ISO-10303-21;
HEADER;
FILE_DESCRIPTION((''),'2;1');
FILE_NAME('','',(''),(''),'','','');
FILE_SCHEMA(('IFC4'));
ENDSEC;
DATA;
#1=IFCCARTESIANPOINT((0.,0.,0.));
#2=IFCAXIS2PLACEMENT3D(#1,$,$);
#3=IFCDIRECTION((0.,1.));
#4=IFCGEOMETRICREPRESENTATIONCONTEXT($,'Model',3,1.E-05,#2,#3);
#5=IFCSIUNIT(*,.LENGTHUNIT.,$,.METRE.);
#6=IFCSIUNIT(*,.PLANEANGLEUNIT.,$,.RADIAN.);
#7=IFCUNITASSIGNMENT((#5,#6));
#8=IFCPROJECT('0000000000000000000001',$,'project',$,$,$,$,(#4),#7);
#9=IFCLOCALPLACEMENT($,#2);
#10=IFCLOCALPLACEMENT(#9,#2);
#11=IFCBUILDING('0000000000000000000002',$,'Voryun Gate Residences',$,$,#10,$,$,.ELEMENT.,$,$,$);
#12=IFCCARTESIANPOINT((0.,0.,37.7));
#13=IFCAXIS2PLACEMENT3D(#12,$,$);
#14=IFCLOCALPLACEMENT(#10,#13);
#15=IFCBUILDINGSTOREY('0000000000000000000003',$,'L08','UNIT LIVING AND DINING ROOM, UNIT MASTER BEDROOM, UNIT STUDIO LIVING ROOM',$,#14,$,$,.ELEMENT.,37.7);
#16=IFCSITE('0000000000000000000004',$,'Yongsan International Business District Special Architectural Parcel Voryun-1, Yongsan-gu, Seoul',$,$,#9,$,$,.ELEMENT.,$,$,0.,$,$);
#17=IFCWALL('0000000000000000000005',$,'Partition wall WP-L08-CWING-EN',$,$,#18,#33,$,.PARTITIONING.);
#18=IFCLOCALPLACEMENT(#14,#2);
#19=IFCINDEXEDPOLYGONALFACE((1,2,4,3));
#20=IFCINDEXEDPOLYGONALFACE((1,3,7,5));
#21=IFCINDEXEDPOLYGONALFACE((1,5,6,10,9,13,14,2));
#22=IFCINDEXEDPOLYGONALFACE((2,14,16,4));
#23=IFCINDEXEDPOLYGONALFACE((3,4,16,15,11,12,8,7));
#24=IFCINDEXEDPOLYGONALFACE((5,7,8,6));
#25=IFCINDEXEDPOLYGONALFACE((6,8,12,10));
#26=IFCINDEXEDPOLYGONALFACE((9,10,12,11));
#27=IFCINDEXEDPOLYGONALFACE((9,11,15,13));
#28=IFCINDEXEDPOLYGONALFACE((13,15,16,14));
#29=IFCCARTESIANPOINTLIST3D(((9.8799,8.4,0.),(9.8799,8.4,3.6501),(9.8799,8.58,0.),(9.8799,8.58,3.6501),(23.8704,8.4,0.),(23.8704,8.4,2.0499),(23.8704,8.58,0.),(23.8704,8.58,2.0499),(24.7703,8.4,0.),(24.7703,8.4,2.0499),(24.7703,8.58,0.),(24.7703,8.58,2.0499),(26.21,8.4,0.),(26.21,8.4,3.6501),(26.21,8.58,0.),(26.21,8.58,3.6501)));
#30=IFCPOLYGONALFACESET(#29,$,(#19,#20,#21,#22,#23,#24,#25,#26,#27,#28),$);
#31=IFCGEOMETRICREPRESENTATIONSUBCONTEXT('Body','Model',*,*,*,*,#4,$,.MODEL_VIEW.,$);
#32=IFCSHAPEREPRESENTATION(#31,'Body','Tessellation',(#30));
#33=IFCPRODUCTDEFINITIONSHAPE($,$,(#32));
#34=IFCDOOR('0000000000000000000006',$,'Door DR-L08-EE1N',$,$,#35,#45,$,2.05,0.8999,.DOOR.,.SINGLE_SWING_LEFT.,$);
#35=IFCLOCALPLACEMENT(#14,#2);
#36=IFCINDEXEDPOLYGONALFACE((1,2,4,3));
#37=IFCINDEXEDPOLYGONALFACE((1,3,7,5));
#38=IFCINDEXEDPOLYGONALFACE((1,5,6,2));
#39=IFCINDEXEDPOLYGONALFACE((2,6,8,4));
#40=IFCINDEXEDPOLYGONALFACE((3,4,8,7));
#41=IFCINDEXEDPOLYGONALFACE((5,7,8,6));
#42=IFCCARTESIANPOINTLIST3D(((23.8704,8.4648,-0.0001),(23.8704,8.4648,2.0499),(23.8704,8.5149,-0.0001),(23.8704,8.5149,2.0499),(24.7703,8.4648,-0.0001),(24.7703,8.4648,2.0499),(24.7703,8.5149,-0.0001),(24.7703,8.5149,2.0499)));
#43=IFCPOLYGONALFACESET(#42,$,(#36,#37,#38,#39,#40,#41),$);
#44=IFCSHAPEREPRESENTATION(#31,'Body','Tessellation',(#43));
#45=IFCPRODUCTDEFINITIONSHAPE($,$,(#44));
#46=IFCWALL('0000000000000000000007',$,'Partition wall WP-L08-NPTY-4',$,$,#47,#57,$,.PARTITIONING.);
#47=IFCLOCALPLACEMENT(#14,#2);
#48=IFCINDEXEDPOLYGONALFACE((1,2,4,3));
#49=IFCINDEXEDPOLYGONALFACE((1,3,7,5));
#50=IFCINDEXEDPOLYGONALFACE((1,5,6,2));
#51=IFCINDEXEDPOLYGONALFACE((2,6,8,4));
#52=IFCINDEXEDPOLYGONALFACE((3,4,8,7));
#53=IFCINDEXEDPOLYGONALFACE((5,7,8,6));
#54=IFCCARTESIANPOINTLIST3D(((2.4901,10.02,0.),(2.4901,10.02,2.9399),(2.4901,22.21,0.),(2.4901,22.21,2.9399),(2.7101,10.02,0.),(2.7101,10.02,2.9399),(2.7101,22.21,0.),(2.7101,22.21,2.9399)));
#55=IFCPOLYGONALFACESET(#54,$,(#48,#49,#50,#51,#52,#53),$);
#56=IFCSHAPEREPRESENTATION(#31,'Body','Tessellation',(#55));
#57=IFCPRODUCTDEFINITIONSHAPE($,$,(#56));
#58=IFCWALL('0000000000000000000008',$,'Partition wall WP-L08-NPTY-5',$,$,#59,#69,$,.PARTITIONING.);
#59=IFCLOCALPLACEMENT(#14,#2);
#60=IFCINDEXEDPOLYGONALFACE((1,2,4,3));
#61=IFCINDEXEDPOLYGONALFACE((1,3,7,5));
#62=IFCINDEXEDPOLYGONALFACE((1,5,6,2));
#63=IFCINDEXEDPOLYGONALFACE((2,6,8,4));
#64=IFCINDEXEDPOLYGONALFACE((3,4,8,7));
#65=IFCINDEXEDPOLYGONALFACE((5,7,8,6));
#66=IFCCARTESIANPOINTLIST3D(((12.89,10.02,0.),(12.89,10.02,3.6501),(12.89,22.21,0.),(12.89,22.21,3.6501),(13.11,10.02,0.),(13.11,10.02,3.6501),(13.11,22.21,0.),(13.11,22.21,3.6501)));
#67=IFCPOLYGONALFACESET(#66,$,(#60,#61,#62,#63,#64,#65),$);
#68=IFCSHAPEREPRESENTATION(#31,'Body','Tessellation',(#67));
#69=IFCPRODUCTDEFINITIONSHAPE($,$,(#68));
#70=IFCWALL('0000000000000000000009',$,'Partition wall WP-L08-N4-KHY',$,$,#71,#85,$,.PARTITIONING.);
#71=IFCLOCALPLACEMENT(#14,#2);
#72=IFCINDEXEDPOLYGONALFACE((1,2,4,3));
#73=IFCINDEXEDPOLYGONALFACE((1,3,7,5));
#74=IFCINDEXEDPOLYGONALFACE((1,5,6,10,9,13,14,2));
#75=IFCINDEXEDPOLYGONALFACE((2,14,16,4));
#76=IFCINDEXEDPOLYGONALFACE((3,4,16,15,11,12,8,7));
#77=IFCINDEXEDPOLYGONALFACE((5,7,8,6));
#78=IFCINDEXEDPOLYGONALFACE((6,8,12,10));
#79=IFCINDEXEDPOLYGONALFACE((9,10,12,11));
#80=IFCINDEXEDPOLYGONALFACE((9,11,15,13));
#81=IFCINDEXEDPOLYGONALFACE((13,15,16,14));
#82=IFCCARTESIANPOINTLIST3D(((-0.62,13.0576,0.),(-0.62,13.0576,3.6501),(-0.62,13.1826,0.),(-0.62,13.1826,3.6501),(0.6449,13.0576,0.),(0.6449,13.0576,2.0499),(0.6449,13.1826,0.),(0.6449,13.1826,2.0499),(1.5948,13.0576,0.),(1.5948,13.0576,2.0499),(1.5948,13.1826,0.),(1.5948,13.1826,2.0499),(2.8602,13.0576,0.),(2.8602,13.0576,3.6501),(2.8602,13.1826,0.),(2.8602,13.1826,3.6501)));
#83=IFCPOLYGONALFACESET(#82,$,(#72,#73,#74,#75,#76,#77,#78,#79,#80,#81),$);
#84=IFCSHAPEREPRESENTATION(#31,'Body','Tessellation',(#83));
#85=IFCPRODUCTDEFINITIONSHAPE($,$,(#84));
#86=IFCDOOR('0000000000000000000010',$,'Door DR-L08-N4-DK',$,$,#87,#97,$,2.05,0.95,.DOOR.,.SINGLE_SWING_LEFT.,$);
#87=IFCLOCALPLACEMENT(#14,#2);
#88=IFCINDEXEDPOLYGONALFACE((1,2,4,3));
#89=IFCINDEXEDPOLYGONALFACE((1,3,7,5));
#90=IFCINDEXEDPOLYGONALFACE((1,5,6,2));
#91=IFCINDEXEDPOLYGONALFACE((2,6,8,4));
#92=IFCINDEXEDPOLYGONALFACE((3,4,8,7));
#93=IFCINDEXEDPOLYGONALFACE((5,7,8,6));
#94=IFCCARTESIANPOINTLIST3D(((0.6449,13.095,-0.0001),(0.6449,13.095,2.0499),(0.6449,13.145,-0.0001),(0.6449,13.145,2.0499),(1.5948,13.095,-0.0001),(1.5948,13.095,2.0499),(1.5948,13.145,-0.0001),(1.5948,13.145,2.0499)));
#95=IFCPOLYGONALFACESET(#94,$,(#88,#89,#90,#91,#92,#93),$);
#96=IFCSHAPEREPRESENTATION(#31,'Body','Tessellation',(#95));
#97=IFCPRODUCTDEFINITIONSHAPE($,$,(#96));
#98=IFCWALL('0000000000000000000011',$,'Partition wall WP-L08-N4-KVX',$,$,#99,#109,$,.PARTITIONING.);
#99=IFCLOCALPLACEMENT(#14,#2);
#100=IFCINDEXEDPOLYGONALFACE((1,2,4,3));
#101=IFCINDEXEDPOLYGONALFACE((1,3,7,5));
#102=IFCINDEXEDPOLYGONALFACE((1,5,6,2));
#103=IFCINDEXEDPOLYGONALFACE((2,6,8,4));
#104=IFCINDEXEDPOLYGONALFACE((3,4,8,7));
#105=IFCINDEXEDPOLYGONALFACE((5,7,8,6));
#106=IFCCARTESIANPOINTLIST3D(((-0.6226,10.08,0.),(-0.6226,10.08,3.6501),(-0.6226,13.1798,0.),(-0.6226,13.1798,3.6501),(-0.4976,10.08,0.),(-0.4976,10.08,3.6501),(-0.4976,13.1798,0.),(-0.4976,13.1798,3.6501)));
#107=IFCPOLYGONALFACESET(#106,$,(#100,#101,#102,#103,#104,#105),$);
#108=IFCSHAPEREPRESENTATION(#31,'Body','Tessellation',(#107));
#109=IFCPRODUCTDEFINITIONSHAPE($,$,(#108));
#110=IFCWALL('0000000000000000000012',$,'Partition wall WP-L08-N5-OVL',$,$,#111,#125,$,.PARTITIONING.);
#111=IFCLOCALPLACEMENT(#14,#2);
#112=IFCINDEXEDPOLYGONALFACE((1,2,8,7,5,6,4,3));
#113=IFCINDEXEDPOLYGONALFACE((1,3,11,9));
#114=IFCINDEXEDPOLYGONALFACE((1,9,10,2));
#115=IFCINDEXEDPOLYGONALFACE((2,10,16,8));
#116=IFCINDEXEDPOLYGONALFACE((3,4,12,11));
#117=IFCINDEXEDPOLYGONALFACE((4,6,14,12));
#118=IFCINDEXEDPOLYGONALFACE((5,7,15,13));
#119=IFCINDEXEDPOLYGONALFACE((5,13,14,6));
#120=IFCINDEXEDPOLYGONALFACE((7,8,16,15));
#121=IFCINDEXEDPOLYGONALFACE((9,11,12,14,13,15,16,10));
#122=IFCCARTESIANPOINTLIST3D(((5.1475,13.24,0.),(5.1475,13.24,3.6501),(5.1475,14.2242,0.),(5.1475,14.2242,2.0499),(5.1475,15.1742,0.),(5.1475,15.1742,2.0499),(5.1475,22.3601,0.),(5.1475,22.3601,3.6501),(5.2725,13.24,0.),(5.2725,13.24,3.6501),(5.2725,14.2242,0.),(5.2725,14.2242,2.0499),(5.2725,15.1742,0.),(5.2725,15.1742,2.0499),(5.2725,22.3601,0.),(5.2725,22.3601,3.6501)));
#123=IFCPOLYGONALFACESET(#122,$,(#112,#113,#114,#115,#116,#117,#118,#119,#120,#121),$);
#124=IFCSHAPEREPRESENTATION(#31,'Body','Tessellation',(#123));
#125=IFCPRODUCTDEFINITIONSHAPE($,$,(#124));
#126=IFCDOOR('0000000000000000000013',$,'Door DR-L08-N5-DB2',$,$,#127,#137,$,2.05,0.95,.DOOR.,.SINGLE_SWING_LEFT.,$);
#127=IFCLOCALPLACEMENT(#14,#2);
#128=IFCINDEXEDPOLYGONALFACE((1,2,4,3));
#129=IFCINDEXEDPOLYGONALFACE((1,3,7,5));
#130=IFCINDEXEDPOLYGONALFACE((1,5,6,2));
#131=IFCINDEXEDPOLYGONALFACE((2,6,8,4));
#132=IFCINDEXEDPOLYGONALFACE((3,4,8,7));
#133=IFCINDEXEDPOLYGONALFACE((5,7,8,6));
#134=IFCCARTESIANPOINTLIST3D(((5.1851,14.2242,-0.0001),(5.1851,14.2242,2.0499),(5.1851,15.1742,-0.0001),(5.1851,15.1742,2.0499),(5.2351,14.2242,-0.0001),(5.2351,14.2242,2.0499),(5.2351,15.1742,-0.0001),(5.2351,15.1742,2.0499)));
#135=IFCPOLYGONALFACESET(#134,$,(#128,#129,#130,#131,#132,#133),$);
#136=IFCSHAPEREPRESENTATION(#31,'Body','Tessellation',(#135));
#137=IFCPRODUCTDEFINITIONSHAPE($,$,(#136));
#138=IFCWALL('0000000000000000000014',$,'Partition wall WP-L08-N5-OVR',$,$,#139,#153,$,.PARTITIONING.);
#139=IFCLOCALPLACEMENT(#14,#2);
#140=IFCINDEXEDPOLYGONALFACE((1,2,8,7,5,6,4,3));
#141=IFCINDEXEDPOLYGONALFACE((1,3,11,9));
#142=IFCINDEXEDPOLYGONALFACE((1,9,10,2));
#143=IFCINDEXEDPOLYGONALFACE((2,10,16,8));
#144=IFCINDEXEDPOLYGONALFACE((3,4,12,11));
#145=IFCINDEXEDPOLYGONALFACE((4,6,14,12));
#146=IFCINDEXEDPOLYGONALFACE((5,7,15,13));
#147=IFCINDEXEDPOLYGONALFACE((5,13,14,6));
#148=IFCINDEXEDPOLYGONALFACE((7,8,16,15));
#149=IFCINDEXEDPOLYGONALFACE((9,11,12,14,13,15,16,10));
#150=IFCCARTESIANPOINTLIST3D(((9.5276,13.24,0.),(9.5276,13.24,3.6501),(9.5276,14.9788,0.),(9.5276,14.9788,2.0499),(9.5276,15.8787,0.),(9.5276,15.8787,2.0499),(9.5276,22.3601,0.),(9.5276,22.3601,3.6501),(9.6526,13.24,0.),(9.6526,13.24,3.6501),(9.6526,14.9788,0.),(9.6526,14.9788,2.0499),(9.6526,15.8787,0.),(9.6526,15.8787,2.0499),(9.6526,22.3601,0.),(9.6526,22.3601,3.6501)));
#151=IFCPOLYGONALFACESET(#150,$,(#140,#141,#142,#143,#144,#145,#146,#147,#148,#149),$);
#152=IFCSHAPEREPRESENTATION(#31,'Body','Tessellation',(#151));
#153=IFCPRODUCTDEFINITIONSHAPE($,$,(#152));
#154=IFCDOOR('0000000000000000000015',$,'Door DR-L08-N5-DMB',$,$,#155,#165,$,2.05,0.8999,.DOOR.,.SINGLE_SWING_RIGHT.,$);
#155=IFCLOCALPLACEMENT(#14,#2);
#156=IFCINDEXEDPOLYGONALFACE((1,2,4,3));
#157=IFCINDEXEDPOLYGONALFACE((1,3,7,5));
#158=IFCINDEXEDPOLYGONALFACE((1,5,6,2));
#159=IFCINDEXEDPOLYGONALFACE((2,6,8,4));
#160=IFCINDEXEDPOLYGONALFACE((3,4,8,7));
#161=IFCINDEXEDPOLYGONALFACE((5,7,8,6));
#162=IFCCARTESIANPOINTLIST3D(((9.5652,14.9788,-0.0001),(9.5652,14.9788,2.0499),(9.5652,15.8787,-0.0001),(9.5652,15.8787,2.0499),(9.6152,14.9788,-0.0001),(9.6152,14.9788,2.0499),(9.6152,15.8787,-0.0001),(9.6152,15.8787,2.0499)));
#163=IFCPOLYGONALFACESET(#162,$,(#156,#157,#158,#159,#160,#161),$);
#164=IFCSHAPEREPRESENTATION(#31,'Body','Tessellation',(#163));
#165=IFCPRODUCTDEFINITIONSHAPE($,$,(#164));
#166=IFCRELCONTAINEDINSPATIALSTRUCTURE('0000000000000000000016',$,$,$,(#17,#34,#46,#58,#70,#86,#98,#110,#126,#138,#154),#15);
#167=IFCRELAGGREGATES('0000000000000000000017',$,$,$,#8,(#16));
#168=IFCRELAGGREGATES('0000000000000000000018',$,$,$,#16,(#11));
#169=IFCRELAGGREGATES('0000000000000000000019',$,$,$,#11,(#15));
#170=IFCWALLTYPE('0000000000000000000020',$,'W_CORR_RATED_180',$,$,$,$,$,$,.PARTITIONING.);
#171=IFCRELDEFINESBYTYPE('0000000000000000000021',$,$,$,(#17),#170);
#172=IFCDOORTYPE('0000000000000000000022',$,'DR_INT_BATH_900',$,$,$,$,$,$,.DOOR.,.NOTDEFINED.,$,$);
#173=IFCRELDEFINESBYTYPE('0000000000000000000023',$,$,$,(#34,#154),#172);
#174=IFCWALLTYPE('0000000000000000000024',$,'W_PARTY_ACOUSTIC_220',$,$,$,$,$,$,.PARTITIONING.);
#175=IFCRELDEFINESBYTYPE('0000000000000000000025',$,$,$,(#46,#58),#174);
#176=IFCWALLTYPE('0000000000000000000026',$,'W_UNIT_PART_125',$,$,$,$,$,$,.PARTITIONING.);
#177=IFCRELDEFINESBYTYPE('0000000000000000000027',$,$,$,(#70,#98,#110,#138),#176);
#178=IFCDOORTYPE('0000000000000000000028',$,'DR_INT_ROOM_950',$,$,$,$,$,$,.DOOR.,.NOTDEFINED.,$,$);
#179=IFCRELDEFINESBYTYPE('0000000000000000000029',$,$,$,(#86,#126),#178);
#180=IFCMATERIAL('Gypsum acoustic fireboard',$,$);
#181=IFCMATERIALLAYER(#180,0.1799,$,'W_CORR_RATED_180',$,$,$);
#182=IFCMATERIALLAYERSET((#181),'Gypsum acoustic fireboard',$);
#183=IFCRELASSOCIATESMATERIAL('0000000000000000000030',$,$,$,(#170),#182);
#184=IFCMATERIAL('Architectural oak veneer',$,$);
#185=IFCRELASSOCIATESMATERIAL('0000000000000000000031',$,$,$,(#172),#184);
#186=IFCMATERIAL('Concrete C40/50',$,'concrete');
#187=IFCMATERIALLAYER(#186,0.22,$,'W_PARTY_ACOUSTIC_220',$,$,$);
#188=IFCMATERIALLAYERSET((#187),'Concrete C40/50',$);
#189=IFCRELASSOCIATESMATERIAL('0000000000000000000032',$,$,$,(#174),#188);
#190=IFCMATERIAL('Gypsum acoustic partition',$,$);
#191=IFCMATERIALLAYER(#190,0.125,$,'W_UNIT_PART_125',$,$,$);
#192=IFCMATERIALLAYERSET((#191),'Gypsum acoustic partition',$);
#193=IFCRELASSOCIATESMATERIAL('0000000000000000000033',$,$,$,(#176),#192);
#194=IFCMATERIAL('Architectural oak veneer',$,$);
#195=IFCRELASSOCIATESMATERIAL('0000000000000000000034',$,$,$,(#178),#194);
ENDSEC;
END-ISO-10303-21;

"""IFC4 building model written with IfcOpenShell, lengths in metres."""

from ifc_helpers import new_model, si_unit, direction, frame, frame_2d, origin, place, context, subcontext, project, spatial, rectangle, extrude, material, layer, layer_set, type_object, element, fill, save


model = new_model("IFC4")

# Units and contexts
model_context = context("Model", 3, precision=1e-05, world=origin(), true_north=direction((0.0, 1.0)))
body_context = subcontext(model_context, "Body", "Model", "MODEL_VIEW")
ifc_project = project(units=[si_unit("LENGTHUNIT", "METRE"), si_unit("PLANEANGLEUNIT", "RADIAN")], contexts=[model_context])

# Site, building, storey
site_placement = place(None, origin())
site = spatial("IfcSite", under=ifc_project, at=site_placement, Name="Yongsan International Business District Special Architectural Parcel Voryun-1, Yongsan-gu, Seoul", CompositionType="ELEMENT", RefElevation=0.0)
building_placement = place(site_placement, origin())
building = spatial("IfcBuilding", under=site, at=building_placement, Name="Voryun Gate Residences", CompositionType="ELEMENT")
storey_placement = place(building_placement, frame((0.0, 0.0, 37.7)))
storey = spatial("IfcBuildingStorey", under=building, at=storey_placement, Name="L08", Description="UNIT LIVING AND DINING ROOM, UNIT MASTER BEDROOM, UNIT STUDIO LIVING ROOM", CompositionType="ELEMENT", Elevation=37.7)

# Wall, opening, door
ifc_material_1 = material(Name="Gypsum acoustic fireboard")
ifc_layer_1 = layer(ifc_material_1, 0.1799, Name="W_CORR_RATED_180")
ifc_layer_set_1 = layer_set([ifc_layer_1], Name="Gypsum acoustic fireboard")
wall_type_1 = type_object("IfcWallType", Name="W_CORR_RATED_180", PredefinedType="PARTITIONING", material=ifc_layer_set_1)
wall_1_placement = place(storey_placement, frame((9.8799, 8.49, 0.0), z_axis=(0.0, 0.0, 1.0), x_axis=(1.0, 0.0, 0.0)))
wall_1 = element("IfcWall", 1, at=wall_1_placement, inside=storey, type_object=wall_type_1, Name="Partition wall WP-L08-CWING-EN", PredefinedType="PARTITIONING", context=body_context, shape_type="SweptSolid", body=[
    extrude(rectangle(XDim=16.3301, YDim=0.1799, at=frame_2d((8.165, 0.0))), origin(), (0.0, 0.0, 1.0), 3.6501),
])
opening_1_placement = place(wall_1_placement, frame((13.9905, 0.0, 0.0)))
opening_1 = element("IfcOpeningElement", 2, at=opening_1_placement, cuts=wall_1, PredefinedType="OPENING", context=body_context, shape_type="SweptSolid", body=[
    extrude(rectangle(XDim=0.8999, YDim=2.05, at=frame_2d((0.45, 1.0249))), frame((0.0, 0.0999, 0.0), z_axis=(0.0, -1.0, 0.0), x_axis=(1.0, 0.0, 0.0)), (0.0, 0.0, 1.0), 0.2),
])
ifc_material_2 = material(Name="Architectural oak veneer")
door_type_1 = type_object("IfcDoorType", Name="DR_INT_BATH_900", OperationType="NOTDEFINED", PredefinedType="DOOR", material=ifc_material_2)
door_1_placement = place(opening_1_placement, origin())
door_1 = element("IfcDoor", 3, at=door_1_placement, inside=storey, type_object=door_type_1, Name="Door DR-L08-EE1N", OperationType="SINGLE_SWING_LEFT", OverallHeight=2.05, OverallWidth=0.8999, PredefinedType="DOOR", context=body_context, shape_type="SweptSolid", body=[
    extrude(rectangle(XDim=0.8999, YDim=2.05, at=frame_2d((0.45, 1.0249))), frame((0.0, 0.0249, 0.0), z_axis=(0.0, -1.0, 0.0), x_axis=(1.0, 0.0, 0.0)), (0.0, 0.0, 1.0), 0.05),
])
fill(opening_1, door_1)

# Walls
ifc_material_3 = material(Name="Concrete C40/50", Category="concrete")
ifc_layer_2 = layer(ifc_material_3, 0.22, Name="W_PARTY_ACOUSTIC_220")
ifc_layer_set_2 = layer_set([ifc_layer_2], Name="Concrete C40/50")
wall_type_2 = type_object("IfcWallType", Name="W_PARTY_ACOUSTIC_220", PredefinedType="PARTITIONING", material=ifc_layer_set_2)
wall_2_placement = place(storey_placement, frame((2.6001, 10.02, 0.0), z_axis=(0.0, 0.0, 1.0), x_axis=(0.0, 1.0, 0.0)))
element("IfcWall", 4, at=wall_2_placement, inside=storey, type_object=wall_type_2, Name="Partition wall WP-L08-NPTY-4", PredefinedType="PARTITIONING", context=body_context, shape_type="SweptSolid", body=[
    extrude(rectangle(XDim=12.1899, YDim=0.22, at=frame_2d((6.095, 0.0))), origin(), (0.0, 0.0, 1.0), 2.9399),
])
wall_3_placement = place(storey_placement, frame((13.0, 10.02, 0.0), z_axis=(0.0, 0.0, 1.0), x_axis=(0.0, 1.0, 0.0)))
element("IfcWall", 5, at=wall_3_placement, inside=storey, type_object=wall_type_2, Name="Partition wall WP-L08-NPTY-5", PredefinedType="PARTITIONING", context=body_context, shape_type="SweptSolid", body=[
    extrude(rectangle(XDim=12.1899, YDim=0.22, at=frame_2d((6.095, 0.0))), origin(), (0.0, 0.0, 1.0), 3.6501),
])

# Wall, opening, door
ifc_material_4 = material(Name="Gypsum acoustic partition")
ifc_layer_3 = layer(ifc_material_4, 0.125, Name="W_UNIT_PART_125")
ifc_layer_set_3 = layer_set([ifc_layer_3], Name="Gypsum acoustic partition")
wall_type_3 = type_object("IfcWallType", Name="W_UNIT_PART_125", PredefinedType="PARTITIONING", material=ifc_layer_set_3)
wall_4_placement = place(storey_placement, frame((-0.6201, 13.1201, 0.0), z_axis=(0.0, 0.0, 1.0), x_axis=(1.0, 0.0, 0.0)))
wall_4 = element("IfcWall", 6, at=wall_4_placement, inside=storey, type_object=wall_type_3, Name="Partition wall WP-L08-N4-KHY", PredefinedType="PARTITIONING", context=body_context, shape_type="SweptSolid", body=[
    extrude(rectangle(XDim=3.4802, YDim=0.125, at=frame_2d((1.7402, 0.0))), origin(), (0.0, 0.0, 1.0), 3.6501),
])
opening_2_placement = place(wall_4_placement, frame((1.2649, 0.0, 0.0)))
opening_2 = element("IfcOpeningElement", 7, at=opening_2_placement, cuts=wall_4, PredefinedType="OPENING", context=body_context, shape_type="SweptSolid", body=[
    extrude(rectangle(XDim=0.95, YDim=2.05, at=frame_2d((0.4751, 1.0249))), frame((0.0, 0.0725, 0.0), z_axis=(0.0, -1.0, 0.0), x_axis=(1.0, 0.0, 0.0)), (0.0, 0.0, 1.0), 0.145),
])
ifc_material_5 = material(Name="Architectural oak veneer")
door_type_2 = type_object("IfcDoorType", Name="DR_INT_ROOM_950", OperationType="NOTDEFINED", PredefinedType="DOOR", material=ifc_material_5)
door_2_placement = place(opening_2_placement, origin())
door_2 = element("IfcDoor", 8, at=door_2_placement, inside=storey, type_object=door_type_2, Name="Door DR-L08-N4-DK", OperationType="SINGLE_SWING_LEFT", OverallHeight=2.05, OverallWidth=0.95, PredefinedType="DOOR", context=body_context, shape_type="SweptSolid", body=[
    extrude(rectangle(XDim=0.95, YDim=2.05, at=frame_2d((0.4751, 1.0249))), frame((0.0, 0.0249, 0.0), z_axis=(0.0, -1.0, 0.0), x_axis=(1.0, 0.0, 0.0)), (0.0, 0.0, 1.0), 0.05),
])
fill(opening_2, door_2)

# Wall
wall_5_placement = place(storey_placement, frame((-0.5601, 10.0801, 0.0), z_axis=(0.0, 0.0, 1.0), x_axis=(0.0, 1.0, 0.0)))
element("IfcWall", 9, at=wall_5_placement, inside=storey, type_object=wall_type_3, Name="Partition wall WP-L08-N4-KVX", PredefinedType="PARTITIONING", context=body_context, shape_type="SweptSolid", body=[
    extrude(rectangle(XDim=3.0999, YDim=0.125, at=frame_2d((1.5498, 0.0))), origin(), (0.0, 0.0, 1.0), 3.6501),
])

# Walls, openings, doors
wall_6_placement = place(storey_placement, frame((5.21, 13.24, 0.0), z_axis=(0.0, 0.0, 1.0), x_axis=(0.0, 1.0, 0.0)))
wall_6 = element("IfcWall", 10, at=wall_6_placement, inside=storey, type_object=wall_type_3, Name="Partition wall WP-L08-N5-OVL", PredefinedType="PARTITIONING", context=body_context, shape_type="SweptSolid", body=[
    extrude(rectangle(XDim=9.1201, YDim=0.125, at=frame_2d((4.5601, 0.0))), origin(), (0.0, 0.0, 1.0), 3.6501),
])
opening_3_placement = place(wall_6_placement, frame((0.9841, 0.0, 0.0)))
opening_3 = element("IfcOpeningElement", 11, at=opening_3_placement, cuts=wall_6, PredefinedType="OPENING", context=body_context, shape_type="SweptSolid", body=[
    extrude(rectangle(XDim=0.95, YDim=2.05, at=frame_2d((0.4751, 1.0249))), frame((0.0, 0.0725, 0.0), z_axis=(0.0, -1.0, 0.0), x_axis=(1.0, 0.0, 0.0)), (0.0, 0.0, 1.0), 0.145),
])
door_3_placement = place(opening_3_placement, origin())
door_3 = element("IfcDoor", 12, at=door_3_placement, inside=storey, type_object=door_type_2, Name="Door DR-L08-N5-DB2", OperationType="SINGLE_SWING_LEFT", OverallHeight=2.05, OverallWidth=0.95, PredefinedType="DOOR", context=body_context, shape_type="SweptSolid", body=[
    extrude(rectangle(XDim=0.95, YDim=2.05, at=frame_2d((0.4751, 1.0249))), frame((0.0, 0.0249, 0.0), z_axis=(0.0, -1.0, 0.0), x_axis=(1.0, 0.0, 0.0)), (0.0, 0.0, 1.0), 0.05),
])
fill(opening_3, door_3)
wall_7_placement = place(storey_placement, frame((9.5901, 13.24, 0.0), z_axis=(0.0, 0.0, 1.0), x_axis=(0.0, 1.0, 0.0)))
wall_7 = element("IfcWall", 13, at=wall_7_placement, inside=storey, type_object=wall_type_3, Name="Partition wall WP-L08-N5-OVR", PredefinedType="PARTITIONING", context=body_context, shape_type="SweptSolid", body=[
    extrude(rectangle(XDim=9.1201, YDim=0.125, at=frame_2d((4.5601, 0.0))), origin(), (0.0, 0.0, 1.0), 3.6501),
])
opening_4_placement = place(wall_7_placement, frame((1.7388, 0.0, 0.0)))
opening_4 = element("IfcOpeningElement", 14, at=opening_4_placement, cuts=wall_7, PredefinedType="OPENING", context=body_context, shape_type="SweptSolid", body=[
    extrude(rectangle(XDim=0.8999, YDim=2.05, at=frame_2d((0.45, 1.0249))), frame((0.0, 0.0725, 0.0), z_axis=(0.0, -1.0, 0.0), x_axis=(1.0, 0.0, 0.0)), (0.0, 0.0, 1.0), 0.145),
])
door_4_placement = place(opening_4_placement, origin())
door_4 = element("IfcDoor", 15, at=door_4_placement, inside=storey, type_object=door_type_1, Name="Door DR-L08-N5-DMB", OperationType="SINGLE_SWING_RIGHT", OverallHeight=2.05, OverallWidth=0.8999, PredefinedType="DOOR", context=body_context, shape_type="SweptSolid", body=[
    extrude(rectangle(XDim=0.8999, YDim=2.05, at=frame_2d((0.45, 1.0249))), frame((0.0, 0.0249, 0.0), z_axis=(0.0, -1.0, 0.0), x_axis=(1.0, 0.0, 0.0)), (0.0, 0.0, 1.0), 0.05),
])
fill(opening_4, door_4)

save(model, "model.ifc")
